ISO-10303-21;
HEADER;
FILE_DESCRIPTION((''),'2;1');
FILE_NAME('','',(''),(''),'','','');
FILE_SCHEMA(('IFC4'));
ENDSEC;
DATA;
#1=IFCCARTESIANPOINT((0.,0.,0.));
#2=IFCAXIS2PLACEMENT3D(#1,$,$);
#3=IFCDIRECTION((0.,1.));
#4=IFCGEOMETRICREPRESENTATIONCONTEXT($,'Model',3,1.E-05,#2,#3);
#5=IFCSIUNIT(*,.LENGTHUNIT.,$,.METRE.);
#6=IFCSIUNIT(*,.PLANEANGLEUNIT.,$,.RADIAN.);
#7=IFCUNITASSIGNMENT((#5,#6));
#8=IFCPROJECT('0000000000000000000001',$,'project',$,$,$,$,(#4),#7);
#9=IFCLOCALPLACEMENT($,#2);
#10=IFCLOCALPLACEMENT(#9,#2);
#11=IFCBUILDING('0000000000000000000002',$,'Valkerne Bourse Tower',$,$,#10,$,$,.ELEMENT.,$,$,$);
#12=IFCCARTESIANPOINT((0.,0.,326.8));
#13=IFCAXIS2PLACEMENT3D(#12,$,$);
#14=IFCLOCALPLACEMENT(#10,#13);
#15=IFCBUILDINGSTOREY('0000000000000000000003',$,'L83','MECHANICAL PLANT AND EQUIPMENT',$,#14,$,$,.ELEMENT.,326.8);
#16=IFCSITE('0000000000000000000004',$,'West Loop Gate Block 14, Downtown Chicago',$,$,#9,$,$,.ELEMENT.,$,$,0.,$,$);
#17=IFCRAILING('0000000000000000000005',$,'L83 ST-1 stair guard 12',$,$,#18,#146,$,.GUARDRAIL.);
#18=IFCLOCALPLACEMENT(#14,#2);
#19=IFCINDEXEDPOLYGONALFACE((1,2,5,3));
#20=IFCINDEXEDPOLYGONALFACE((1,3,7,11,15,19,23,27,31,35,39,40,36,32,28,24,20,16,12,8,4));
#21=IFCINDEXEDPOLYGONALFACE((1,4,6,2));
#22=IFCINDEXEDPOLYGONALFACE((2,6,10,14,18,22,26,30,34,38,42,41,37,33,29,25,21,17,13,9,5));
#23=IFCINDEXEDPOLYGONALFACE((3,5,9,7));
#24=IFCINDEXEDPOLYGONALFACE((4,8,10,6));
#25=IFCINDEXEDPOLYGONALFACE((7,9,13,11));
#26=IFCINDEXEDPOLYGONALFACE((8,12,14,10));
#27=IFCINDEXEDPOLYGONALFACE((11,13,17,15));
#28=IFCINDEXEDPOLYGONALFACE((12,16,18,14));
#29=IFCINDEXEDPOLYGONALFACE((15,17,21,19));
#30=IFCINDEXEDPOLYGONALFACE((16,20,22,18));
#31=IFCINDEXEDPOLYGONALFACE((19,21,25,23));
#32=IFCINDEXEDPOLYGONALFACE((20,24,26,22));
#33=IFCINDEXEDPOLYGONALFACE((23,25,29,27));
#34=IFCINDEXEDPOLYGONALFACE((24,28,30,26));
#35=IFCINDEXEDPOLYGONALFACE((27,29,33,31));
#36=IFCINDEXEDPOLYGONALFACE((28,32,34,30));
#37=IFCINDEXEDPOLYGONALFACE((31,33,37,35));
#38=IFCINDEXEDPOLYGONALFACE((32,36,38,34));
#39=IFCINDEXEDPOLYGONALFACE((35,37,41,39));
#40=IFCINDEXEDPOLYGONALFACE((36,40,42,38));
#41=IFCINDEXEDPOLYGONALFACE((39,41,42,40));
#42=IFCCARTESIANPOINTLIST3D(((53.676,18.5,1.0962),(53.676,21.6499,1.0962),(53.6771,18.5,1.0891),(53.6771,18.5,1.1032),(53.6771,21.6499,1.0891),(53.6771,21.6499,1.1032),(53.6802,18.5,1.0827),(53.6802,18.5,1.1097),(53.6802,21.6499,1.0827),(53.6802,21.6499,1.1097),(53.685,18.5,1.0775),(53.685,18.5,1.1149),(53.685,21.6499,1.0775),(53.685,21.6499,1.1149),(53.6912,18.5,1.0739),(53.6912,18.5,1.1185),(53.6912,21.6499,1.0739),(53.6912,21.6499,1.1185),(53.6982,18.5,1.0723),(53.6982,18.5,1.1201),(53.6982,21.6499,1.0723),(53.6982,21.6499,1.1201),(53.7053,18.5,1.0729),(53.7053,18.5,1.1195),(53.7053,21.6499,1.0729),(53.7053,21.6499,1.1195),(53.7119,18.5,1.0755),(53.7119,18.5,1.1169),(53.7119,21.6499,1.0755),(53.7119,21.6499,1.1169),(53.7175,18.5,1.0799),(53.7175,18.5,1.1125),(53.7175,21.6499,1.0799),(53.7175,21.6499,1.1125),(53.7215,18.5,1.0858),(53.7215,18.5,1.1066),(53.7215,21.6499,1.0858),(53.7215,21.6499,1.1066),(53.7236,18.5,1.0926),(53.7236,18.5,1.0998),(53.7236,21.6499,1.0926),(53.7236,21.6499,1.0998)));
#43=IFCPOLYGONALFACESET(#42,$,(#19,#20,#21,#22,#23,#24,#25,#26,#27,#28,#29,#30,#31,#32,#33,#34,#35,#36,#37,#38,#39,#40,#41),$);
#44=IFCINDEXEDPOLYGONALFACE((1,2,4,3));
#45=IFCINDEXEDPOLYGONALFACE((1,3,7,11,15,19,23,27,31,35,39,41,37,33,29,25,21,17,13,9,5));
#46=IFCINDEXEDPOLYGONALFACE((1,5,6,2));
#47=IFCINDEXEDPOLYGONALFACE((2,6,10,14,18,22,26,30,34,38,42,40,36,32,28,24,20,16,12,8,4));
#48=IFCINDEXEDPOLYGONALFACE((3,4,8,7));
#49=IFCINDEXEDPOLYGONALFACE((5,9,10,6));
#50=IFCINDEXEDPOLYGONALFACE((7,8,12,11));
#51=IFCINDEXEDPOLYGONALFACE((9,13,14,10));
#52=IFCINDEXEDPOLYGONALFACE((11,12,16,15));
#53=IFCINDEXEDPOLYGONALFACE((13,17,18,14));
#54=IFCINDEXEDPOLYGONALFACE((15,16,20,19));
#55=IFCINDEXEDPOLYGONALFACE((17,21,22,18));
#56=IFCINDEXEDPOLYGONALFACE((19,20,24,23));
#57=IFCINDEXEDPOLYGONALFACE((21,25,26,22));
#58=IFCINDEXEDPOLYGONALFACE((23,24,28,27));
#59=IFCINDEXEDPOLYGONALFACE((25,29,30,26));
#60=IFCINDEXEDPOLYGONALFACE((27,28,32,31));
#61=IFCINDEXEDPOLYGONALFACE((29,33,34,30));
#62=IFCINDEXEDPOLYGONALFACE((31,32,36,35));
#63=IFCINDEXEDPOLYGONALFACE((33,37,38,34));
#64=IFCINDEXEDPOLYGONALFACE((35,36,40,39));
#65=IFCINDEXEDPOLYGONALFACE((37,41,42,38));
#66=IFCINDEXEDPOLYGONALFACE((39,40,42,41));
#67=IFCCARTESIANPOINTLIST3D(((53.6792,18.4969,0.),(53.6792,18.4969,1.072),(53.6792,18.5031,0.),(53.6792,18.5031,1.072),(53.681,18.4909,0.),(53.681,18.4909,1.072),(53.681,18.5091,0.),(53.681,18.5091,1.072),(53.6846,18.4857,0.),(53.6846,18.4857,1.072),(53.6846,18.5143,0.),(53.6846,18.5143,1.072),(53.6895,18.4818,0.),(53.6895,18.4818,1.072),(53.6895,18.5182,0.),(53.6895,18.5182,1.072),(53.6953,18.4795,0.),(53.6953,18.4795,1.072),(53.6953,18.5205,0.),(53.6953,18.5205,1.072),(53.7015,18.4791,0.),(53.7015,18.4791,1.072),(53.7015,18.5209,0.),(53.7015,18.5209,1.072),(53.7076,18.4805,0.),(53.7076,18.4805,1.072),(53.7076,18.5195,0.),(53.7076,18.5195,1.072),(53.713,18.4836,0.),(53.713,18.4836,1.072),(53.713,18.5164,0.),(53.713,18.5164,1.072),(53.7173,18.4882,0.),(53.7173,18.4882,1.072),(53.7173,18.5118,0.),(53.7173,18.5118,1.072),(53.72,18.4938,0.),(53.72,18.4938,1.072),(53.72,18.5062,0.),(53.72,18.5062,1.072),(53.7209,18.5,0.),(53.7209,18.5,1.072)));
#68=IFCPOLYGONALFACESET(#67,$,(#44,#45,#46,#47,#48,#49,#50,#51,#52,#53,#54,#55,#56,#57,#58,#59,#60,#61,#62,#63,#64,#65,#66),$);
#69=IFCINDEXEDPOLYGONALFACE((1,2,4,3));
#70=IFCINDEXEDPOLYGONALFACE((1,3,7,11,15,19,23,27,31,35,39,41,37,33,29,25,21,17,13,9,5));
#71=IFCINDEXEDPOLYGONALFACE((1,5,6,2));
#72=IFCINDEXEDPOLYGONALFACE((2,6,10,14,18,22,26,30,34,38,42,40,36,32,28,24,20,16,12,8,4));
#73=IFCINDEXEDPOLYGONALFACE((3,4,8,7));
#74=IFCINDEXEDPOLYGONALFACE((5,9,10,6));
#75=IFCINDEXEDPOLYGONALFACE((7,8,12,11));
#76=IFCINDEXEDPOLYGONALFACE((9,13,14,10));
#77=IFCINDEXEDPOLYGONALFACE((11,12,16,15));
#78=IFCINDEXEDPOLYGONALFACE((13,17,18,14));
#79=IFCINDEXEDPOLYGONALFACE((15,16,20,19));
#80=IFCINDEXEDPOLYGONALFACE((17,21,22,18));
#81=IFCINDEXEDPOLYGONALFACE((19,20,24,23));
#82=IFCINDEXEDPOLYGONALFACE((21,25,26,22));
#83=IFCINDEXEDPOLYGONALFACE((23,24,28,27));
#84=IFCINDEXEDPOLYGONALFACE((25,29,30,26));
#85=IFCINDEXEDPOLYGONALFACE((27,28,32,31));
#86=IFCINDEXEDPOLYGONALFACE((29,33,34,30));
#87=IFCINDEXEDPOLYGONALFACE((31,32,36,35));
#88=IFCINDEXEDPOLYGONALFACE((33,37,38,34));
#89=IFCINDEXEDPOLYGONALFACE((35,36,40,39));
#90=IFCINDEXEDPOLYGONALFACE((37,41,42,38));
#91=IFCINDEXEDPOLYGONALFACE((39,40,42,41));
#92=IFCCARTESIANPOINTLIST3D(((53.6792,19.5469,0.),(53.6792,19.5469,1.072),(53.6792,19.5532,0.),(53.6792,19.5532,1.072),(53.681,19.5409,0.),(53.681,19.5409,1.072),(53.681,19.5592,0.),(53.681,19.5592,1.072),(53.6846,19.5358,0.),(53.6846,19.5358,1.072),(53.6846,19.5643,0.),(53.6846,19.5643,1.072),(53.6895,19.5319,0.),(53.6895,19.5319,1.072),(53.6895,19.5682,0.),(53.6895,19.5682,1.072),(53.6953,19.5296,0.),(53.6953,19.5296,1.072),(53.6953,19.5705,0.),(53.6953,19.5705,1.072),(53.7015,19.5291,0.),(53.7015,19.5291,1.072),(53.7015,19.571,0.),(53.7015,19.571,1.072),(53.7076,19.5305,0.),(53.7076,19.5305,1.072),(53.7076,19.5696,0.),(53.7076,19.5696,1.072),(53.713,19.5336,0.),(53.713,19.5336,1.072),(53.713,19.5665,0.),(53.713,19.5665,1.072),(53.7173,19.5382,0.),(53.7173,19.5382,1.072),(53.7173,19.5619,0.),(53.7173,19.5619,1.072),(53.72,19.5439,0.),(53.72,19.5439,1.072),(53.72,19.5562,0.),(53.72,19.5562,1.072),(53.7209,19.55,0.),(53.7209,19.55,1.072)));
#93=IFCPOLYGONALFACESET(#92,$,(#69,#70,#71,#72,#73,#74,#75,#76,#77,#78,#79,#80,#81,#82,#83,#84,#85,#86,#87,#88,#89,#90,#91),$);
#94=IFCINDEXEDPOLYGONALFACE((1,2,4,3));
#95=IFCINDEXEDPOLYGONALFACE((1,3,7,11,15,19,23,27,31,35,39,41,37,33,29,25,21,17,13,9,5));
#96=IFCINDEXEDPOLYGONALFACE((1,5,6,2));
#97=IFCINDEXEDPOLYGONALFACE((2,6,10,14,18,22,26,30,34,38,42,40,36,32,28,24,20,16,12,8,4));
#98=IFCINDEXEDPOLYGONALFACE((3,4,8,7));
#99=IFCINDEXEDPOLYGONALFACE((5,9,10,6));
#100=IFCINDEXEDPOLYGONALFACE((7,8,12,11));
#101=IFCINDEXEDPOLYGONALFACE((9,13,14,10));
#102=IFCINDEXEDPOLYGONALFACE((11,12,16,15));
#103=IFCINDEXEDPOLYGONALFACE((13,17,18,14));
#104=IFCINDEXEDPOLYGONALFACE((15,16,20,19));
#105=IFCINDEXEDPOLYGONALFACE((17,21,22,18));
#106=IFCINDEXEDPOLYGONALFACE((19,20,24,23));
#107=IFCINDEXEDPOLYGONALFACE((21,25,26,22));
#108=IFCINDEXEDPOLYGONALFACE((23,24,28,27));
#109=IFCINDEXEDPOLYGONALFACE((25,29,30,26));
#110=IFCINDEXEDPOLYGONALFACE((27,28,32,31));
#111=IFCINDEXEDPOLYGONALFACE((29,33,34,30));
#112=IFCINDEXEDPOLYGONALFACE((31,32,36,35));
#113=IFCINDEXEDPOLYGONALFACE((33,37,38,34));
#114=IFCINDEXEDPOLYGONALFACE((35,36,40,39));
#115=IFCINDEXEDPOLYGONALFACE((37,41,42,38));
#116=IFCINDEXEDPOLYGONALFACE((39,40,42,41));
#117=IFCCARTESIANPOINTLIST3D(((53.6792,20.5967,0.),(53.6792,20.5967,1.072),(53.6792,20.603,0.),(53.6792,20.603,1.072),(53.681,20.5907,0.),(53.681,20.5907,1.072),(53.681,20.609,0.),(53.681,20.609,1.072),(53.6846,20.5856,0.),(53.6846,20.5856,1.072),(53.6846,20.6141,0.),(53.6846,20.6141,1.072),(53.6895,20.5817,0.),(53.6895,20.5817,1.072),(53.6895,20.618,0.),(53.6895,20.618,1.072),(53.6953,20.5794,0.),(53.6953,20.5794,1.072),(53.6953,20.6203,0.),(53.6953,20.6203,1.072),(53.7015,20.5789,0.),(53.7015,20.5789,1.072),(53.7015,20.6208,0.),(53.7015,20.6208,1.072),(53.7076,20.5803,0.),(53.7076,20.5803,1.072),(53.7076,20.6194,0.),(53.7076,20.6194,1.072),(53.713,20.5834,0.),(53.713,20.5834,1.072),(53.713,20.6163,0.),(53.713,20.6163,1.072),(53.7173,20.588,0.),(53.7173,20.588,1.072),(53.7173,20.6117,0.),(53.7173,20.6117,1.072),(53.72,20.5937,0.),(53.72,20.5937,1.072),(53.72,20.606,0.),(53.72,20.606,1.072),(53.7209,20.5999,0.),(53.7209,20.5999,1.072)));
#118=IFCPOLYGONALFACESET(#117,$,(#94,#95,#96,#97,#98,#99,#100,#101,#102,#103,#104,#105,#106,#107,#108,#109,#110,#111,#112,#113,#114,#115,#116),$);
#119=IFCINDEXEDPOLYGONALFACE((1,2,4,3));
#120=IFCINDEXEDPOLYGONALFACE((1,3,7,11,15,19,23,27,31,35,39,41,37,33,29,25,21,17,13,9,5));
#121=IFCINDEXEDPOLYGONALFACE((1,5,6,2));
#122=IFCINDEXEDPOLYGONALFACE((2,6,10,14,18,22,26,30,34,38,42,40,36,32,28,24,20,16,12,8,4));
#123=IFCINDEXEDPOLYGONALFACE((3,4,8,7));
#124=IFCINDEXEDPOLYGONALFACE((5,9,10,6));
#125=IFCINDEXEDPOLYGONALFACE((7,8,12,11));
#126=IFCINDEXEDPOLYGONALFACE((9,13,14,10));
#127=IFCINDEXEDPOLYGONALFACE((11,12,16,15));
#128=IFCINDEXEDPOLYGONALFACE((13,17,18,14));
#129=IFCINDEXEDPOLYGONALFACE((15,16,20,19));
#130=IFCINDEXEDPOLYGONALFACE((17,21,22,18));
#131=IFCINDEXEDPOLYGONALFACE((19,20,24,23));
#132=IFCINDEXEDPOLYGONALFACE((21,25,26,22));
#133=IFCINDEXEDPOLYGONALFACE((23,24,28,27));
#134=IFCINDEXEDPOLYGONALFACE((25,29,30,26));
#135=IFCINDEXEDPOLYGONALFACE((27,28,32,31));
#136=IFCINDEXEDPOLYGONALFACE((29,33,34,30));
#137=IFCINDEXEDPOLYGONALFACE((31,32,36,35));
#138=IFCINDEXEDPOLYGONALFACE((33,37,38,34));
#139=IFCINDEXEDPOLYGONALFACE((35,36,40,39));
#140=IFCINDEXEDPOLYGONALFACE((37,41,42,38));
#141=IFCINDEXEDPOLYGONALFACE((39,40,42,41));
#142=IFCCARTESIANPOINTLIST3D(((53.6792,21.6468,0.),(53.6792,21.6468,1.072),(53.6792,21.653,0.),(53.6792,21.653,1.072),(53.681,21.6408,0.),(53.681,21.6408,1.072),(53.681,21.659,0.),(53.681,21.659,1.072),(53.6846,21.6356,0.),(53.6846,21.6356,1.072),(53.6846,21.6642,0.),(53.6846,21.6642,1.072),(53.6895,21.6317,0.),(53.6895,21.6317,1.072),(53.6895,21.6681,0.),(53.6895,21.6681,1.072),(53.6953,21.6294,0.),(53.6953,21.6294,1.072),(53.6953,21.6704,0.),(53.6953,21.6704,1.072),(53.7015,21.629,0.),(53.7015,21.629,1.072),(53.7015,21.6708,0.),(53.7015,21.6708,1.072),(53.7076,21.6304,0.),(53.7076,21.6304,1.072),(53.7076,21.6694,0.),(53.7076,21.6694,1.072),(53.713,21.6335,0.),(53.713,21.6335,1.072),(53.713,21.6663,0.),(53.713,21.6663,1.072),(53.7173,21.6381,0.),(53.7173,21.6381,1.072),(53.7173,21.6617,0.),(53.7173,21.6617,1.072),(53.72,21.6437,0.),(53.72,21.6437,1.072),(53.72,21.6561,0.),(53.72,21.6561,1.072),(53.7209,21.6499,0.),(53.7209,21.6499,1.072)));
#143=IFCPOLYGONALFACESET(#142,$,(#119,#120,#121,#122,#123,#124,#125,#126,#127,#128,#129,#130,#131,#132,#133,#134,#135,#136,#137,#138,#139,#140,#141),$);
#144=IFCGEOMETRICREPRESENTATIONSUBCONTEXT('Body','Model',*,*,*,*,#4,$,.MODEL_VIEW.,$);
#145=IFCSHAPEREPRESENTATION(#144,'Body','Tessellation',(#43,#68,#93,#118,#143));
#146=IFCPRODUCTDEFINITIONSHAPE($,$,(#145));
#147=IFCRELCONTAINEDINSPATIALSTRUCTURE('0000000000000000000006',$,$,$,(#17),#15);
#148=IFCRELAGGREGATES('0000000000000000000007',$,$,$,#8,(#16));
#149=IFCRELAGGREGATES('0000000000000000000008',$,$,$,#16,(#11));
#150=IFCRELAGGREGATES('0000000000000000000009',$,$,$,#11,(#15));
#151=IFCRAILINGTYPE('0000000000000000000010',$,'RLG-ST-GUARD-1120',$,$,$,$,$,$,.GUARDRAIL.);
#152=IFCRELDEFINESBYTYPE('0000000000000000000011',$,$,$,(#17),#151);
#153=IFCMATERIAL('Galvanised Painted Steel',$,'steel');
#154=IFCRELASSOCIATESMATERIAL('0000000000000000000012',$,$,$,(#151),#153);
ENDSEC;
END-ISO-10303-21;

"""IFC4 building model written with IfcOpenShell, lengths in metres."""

from ifc_helpers import new_model, si_unit, direction, frame, origin, origin_2d, place, context, subcontext, project, spatial, circle, extrude, material, type_object, element, save


model = new_model("IFC4")

# Units and contexts
model_context = context("Model", 3, precision=1e-05, world=origin(), true_north=direction((0.0, 1.0)))
body_context = subcontext(model_context, "Body", "Model", "MODEL_VIEW")
ifc_project = project(units=[si_unit("LENGTHUNIT", "METRE"), si_unit("PLANEANGLEUNIT", "RADIAN")], contexts=[model_context])

# Site, building, storey
site_placement = place(None, origin())
site = spatial("IfcSite", under=ifc_project, at=site_placement, Name="West Loop Gate Block 14, Downtown Chicago", CompositionType="ELEMENT", RefElevation=0.0)
building_placement = place(site_placement, origin())
building = spatial("IfcBuilding", under=site, at=building_placement, Name="Valkerne Bourse Tower", CompositionType="ELEMENT")
storey_placement = place(building_placement, frame((0.0, 0.0, 326.8)))
storey = spatial("IfcBuildingStorey", under=building, at=storey_placement, Name="L83", Description="MECHANICAL PLANT AND EQUIPMENT", CompositionType="ELEMENT", Elevation=326.8)

# Shared definitions
ifc_material_1 = material(Name="Galvanised Painted Steel", Category="steel")

# Railing
railing_type_1 = type_object("IfcRailingType", Name="RLG-ST-GUARD-1120", PredefinedType="GUARDRAIL", material=ifc_material_1)
railing_1_placement = place(storey_placement, frame((53.7, 18.5, 0.0)))
element("IfcRailing", 1, at=railing_1_placement, inside=storey, type_object=railing_type_1, Name="L83 ST-1 stair guard 12", PredefinedType="GUARDRAIL", context=body_context, shape_type="SweptSolid", body=[
    extrude(circle(Radius=0.0239, at=origin_2d()), frame((0.0, 0.0, 1.0962), z_axis=(0.0, 1.0, 0.0), x_axis=(-1.0, 0.0, 0.0)), (0.0, 0.0, 1.0), 3.1499),
    extrude(circle(Radius=0.021, at=origin_2d()), origin(), (0.0, 0.0, 1.0), 1.072),
    extrude(circle(Radius=0.021, at=origin_2d()), frame((0.0, 1.05, 0.0)), (0.0, 0.0, 1.0), 1.072),
    extrude(circle(Radius=0.021, at=origin_2d()), frame((0.0, 2.0999, 0.0)), (0.0, 0.0, 1.0), 1.072),
    extrude(circle(Radius=0.021, at=origin_2d()), frame((0.0, 3.1499, 0.0)), (0.0, 0.0, 1.0), 1.072),
])

save(model, "model.ifc")
